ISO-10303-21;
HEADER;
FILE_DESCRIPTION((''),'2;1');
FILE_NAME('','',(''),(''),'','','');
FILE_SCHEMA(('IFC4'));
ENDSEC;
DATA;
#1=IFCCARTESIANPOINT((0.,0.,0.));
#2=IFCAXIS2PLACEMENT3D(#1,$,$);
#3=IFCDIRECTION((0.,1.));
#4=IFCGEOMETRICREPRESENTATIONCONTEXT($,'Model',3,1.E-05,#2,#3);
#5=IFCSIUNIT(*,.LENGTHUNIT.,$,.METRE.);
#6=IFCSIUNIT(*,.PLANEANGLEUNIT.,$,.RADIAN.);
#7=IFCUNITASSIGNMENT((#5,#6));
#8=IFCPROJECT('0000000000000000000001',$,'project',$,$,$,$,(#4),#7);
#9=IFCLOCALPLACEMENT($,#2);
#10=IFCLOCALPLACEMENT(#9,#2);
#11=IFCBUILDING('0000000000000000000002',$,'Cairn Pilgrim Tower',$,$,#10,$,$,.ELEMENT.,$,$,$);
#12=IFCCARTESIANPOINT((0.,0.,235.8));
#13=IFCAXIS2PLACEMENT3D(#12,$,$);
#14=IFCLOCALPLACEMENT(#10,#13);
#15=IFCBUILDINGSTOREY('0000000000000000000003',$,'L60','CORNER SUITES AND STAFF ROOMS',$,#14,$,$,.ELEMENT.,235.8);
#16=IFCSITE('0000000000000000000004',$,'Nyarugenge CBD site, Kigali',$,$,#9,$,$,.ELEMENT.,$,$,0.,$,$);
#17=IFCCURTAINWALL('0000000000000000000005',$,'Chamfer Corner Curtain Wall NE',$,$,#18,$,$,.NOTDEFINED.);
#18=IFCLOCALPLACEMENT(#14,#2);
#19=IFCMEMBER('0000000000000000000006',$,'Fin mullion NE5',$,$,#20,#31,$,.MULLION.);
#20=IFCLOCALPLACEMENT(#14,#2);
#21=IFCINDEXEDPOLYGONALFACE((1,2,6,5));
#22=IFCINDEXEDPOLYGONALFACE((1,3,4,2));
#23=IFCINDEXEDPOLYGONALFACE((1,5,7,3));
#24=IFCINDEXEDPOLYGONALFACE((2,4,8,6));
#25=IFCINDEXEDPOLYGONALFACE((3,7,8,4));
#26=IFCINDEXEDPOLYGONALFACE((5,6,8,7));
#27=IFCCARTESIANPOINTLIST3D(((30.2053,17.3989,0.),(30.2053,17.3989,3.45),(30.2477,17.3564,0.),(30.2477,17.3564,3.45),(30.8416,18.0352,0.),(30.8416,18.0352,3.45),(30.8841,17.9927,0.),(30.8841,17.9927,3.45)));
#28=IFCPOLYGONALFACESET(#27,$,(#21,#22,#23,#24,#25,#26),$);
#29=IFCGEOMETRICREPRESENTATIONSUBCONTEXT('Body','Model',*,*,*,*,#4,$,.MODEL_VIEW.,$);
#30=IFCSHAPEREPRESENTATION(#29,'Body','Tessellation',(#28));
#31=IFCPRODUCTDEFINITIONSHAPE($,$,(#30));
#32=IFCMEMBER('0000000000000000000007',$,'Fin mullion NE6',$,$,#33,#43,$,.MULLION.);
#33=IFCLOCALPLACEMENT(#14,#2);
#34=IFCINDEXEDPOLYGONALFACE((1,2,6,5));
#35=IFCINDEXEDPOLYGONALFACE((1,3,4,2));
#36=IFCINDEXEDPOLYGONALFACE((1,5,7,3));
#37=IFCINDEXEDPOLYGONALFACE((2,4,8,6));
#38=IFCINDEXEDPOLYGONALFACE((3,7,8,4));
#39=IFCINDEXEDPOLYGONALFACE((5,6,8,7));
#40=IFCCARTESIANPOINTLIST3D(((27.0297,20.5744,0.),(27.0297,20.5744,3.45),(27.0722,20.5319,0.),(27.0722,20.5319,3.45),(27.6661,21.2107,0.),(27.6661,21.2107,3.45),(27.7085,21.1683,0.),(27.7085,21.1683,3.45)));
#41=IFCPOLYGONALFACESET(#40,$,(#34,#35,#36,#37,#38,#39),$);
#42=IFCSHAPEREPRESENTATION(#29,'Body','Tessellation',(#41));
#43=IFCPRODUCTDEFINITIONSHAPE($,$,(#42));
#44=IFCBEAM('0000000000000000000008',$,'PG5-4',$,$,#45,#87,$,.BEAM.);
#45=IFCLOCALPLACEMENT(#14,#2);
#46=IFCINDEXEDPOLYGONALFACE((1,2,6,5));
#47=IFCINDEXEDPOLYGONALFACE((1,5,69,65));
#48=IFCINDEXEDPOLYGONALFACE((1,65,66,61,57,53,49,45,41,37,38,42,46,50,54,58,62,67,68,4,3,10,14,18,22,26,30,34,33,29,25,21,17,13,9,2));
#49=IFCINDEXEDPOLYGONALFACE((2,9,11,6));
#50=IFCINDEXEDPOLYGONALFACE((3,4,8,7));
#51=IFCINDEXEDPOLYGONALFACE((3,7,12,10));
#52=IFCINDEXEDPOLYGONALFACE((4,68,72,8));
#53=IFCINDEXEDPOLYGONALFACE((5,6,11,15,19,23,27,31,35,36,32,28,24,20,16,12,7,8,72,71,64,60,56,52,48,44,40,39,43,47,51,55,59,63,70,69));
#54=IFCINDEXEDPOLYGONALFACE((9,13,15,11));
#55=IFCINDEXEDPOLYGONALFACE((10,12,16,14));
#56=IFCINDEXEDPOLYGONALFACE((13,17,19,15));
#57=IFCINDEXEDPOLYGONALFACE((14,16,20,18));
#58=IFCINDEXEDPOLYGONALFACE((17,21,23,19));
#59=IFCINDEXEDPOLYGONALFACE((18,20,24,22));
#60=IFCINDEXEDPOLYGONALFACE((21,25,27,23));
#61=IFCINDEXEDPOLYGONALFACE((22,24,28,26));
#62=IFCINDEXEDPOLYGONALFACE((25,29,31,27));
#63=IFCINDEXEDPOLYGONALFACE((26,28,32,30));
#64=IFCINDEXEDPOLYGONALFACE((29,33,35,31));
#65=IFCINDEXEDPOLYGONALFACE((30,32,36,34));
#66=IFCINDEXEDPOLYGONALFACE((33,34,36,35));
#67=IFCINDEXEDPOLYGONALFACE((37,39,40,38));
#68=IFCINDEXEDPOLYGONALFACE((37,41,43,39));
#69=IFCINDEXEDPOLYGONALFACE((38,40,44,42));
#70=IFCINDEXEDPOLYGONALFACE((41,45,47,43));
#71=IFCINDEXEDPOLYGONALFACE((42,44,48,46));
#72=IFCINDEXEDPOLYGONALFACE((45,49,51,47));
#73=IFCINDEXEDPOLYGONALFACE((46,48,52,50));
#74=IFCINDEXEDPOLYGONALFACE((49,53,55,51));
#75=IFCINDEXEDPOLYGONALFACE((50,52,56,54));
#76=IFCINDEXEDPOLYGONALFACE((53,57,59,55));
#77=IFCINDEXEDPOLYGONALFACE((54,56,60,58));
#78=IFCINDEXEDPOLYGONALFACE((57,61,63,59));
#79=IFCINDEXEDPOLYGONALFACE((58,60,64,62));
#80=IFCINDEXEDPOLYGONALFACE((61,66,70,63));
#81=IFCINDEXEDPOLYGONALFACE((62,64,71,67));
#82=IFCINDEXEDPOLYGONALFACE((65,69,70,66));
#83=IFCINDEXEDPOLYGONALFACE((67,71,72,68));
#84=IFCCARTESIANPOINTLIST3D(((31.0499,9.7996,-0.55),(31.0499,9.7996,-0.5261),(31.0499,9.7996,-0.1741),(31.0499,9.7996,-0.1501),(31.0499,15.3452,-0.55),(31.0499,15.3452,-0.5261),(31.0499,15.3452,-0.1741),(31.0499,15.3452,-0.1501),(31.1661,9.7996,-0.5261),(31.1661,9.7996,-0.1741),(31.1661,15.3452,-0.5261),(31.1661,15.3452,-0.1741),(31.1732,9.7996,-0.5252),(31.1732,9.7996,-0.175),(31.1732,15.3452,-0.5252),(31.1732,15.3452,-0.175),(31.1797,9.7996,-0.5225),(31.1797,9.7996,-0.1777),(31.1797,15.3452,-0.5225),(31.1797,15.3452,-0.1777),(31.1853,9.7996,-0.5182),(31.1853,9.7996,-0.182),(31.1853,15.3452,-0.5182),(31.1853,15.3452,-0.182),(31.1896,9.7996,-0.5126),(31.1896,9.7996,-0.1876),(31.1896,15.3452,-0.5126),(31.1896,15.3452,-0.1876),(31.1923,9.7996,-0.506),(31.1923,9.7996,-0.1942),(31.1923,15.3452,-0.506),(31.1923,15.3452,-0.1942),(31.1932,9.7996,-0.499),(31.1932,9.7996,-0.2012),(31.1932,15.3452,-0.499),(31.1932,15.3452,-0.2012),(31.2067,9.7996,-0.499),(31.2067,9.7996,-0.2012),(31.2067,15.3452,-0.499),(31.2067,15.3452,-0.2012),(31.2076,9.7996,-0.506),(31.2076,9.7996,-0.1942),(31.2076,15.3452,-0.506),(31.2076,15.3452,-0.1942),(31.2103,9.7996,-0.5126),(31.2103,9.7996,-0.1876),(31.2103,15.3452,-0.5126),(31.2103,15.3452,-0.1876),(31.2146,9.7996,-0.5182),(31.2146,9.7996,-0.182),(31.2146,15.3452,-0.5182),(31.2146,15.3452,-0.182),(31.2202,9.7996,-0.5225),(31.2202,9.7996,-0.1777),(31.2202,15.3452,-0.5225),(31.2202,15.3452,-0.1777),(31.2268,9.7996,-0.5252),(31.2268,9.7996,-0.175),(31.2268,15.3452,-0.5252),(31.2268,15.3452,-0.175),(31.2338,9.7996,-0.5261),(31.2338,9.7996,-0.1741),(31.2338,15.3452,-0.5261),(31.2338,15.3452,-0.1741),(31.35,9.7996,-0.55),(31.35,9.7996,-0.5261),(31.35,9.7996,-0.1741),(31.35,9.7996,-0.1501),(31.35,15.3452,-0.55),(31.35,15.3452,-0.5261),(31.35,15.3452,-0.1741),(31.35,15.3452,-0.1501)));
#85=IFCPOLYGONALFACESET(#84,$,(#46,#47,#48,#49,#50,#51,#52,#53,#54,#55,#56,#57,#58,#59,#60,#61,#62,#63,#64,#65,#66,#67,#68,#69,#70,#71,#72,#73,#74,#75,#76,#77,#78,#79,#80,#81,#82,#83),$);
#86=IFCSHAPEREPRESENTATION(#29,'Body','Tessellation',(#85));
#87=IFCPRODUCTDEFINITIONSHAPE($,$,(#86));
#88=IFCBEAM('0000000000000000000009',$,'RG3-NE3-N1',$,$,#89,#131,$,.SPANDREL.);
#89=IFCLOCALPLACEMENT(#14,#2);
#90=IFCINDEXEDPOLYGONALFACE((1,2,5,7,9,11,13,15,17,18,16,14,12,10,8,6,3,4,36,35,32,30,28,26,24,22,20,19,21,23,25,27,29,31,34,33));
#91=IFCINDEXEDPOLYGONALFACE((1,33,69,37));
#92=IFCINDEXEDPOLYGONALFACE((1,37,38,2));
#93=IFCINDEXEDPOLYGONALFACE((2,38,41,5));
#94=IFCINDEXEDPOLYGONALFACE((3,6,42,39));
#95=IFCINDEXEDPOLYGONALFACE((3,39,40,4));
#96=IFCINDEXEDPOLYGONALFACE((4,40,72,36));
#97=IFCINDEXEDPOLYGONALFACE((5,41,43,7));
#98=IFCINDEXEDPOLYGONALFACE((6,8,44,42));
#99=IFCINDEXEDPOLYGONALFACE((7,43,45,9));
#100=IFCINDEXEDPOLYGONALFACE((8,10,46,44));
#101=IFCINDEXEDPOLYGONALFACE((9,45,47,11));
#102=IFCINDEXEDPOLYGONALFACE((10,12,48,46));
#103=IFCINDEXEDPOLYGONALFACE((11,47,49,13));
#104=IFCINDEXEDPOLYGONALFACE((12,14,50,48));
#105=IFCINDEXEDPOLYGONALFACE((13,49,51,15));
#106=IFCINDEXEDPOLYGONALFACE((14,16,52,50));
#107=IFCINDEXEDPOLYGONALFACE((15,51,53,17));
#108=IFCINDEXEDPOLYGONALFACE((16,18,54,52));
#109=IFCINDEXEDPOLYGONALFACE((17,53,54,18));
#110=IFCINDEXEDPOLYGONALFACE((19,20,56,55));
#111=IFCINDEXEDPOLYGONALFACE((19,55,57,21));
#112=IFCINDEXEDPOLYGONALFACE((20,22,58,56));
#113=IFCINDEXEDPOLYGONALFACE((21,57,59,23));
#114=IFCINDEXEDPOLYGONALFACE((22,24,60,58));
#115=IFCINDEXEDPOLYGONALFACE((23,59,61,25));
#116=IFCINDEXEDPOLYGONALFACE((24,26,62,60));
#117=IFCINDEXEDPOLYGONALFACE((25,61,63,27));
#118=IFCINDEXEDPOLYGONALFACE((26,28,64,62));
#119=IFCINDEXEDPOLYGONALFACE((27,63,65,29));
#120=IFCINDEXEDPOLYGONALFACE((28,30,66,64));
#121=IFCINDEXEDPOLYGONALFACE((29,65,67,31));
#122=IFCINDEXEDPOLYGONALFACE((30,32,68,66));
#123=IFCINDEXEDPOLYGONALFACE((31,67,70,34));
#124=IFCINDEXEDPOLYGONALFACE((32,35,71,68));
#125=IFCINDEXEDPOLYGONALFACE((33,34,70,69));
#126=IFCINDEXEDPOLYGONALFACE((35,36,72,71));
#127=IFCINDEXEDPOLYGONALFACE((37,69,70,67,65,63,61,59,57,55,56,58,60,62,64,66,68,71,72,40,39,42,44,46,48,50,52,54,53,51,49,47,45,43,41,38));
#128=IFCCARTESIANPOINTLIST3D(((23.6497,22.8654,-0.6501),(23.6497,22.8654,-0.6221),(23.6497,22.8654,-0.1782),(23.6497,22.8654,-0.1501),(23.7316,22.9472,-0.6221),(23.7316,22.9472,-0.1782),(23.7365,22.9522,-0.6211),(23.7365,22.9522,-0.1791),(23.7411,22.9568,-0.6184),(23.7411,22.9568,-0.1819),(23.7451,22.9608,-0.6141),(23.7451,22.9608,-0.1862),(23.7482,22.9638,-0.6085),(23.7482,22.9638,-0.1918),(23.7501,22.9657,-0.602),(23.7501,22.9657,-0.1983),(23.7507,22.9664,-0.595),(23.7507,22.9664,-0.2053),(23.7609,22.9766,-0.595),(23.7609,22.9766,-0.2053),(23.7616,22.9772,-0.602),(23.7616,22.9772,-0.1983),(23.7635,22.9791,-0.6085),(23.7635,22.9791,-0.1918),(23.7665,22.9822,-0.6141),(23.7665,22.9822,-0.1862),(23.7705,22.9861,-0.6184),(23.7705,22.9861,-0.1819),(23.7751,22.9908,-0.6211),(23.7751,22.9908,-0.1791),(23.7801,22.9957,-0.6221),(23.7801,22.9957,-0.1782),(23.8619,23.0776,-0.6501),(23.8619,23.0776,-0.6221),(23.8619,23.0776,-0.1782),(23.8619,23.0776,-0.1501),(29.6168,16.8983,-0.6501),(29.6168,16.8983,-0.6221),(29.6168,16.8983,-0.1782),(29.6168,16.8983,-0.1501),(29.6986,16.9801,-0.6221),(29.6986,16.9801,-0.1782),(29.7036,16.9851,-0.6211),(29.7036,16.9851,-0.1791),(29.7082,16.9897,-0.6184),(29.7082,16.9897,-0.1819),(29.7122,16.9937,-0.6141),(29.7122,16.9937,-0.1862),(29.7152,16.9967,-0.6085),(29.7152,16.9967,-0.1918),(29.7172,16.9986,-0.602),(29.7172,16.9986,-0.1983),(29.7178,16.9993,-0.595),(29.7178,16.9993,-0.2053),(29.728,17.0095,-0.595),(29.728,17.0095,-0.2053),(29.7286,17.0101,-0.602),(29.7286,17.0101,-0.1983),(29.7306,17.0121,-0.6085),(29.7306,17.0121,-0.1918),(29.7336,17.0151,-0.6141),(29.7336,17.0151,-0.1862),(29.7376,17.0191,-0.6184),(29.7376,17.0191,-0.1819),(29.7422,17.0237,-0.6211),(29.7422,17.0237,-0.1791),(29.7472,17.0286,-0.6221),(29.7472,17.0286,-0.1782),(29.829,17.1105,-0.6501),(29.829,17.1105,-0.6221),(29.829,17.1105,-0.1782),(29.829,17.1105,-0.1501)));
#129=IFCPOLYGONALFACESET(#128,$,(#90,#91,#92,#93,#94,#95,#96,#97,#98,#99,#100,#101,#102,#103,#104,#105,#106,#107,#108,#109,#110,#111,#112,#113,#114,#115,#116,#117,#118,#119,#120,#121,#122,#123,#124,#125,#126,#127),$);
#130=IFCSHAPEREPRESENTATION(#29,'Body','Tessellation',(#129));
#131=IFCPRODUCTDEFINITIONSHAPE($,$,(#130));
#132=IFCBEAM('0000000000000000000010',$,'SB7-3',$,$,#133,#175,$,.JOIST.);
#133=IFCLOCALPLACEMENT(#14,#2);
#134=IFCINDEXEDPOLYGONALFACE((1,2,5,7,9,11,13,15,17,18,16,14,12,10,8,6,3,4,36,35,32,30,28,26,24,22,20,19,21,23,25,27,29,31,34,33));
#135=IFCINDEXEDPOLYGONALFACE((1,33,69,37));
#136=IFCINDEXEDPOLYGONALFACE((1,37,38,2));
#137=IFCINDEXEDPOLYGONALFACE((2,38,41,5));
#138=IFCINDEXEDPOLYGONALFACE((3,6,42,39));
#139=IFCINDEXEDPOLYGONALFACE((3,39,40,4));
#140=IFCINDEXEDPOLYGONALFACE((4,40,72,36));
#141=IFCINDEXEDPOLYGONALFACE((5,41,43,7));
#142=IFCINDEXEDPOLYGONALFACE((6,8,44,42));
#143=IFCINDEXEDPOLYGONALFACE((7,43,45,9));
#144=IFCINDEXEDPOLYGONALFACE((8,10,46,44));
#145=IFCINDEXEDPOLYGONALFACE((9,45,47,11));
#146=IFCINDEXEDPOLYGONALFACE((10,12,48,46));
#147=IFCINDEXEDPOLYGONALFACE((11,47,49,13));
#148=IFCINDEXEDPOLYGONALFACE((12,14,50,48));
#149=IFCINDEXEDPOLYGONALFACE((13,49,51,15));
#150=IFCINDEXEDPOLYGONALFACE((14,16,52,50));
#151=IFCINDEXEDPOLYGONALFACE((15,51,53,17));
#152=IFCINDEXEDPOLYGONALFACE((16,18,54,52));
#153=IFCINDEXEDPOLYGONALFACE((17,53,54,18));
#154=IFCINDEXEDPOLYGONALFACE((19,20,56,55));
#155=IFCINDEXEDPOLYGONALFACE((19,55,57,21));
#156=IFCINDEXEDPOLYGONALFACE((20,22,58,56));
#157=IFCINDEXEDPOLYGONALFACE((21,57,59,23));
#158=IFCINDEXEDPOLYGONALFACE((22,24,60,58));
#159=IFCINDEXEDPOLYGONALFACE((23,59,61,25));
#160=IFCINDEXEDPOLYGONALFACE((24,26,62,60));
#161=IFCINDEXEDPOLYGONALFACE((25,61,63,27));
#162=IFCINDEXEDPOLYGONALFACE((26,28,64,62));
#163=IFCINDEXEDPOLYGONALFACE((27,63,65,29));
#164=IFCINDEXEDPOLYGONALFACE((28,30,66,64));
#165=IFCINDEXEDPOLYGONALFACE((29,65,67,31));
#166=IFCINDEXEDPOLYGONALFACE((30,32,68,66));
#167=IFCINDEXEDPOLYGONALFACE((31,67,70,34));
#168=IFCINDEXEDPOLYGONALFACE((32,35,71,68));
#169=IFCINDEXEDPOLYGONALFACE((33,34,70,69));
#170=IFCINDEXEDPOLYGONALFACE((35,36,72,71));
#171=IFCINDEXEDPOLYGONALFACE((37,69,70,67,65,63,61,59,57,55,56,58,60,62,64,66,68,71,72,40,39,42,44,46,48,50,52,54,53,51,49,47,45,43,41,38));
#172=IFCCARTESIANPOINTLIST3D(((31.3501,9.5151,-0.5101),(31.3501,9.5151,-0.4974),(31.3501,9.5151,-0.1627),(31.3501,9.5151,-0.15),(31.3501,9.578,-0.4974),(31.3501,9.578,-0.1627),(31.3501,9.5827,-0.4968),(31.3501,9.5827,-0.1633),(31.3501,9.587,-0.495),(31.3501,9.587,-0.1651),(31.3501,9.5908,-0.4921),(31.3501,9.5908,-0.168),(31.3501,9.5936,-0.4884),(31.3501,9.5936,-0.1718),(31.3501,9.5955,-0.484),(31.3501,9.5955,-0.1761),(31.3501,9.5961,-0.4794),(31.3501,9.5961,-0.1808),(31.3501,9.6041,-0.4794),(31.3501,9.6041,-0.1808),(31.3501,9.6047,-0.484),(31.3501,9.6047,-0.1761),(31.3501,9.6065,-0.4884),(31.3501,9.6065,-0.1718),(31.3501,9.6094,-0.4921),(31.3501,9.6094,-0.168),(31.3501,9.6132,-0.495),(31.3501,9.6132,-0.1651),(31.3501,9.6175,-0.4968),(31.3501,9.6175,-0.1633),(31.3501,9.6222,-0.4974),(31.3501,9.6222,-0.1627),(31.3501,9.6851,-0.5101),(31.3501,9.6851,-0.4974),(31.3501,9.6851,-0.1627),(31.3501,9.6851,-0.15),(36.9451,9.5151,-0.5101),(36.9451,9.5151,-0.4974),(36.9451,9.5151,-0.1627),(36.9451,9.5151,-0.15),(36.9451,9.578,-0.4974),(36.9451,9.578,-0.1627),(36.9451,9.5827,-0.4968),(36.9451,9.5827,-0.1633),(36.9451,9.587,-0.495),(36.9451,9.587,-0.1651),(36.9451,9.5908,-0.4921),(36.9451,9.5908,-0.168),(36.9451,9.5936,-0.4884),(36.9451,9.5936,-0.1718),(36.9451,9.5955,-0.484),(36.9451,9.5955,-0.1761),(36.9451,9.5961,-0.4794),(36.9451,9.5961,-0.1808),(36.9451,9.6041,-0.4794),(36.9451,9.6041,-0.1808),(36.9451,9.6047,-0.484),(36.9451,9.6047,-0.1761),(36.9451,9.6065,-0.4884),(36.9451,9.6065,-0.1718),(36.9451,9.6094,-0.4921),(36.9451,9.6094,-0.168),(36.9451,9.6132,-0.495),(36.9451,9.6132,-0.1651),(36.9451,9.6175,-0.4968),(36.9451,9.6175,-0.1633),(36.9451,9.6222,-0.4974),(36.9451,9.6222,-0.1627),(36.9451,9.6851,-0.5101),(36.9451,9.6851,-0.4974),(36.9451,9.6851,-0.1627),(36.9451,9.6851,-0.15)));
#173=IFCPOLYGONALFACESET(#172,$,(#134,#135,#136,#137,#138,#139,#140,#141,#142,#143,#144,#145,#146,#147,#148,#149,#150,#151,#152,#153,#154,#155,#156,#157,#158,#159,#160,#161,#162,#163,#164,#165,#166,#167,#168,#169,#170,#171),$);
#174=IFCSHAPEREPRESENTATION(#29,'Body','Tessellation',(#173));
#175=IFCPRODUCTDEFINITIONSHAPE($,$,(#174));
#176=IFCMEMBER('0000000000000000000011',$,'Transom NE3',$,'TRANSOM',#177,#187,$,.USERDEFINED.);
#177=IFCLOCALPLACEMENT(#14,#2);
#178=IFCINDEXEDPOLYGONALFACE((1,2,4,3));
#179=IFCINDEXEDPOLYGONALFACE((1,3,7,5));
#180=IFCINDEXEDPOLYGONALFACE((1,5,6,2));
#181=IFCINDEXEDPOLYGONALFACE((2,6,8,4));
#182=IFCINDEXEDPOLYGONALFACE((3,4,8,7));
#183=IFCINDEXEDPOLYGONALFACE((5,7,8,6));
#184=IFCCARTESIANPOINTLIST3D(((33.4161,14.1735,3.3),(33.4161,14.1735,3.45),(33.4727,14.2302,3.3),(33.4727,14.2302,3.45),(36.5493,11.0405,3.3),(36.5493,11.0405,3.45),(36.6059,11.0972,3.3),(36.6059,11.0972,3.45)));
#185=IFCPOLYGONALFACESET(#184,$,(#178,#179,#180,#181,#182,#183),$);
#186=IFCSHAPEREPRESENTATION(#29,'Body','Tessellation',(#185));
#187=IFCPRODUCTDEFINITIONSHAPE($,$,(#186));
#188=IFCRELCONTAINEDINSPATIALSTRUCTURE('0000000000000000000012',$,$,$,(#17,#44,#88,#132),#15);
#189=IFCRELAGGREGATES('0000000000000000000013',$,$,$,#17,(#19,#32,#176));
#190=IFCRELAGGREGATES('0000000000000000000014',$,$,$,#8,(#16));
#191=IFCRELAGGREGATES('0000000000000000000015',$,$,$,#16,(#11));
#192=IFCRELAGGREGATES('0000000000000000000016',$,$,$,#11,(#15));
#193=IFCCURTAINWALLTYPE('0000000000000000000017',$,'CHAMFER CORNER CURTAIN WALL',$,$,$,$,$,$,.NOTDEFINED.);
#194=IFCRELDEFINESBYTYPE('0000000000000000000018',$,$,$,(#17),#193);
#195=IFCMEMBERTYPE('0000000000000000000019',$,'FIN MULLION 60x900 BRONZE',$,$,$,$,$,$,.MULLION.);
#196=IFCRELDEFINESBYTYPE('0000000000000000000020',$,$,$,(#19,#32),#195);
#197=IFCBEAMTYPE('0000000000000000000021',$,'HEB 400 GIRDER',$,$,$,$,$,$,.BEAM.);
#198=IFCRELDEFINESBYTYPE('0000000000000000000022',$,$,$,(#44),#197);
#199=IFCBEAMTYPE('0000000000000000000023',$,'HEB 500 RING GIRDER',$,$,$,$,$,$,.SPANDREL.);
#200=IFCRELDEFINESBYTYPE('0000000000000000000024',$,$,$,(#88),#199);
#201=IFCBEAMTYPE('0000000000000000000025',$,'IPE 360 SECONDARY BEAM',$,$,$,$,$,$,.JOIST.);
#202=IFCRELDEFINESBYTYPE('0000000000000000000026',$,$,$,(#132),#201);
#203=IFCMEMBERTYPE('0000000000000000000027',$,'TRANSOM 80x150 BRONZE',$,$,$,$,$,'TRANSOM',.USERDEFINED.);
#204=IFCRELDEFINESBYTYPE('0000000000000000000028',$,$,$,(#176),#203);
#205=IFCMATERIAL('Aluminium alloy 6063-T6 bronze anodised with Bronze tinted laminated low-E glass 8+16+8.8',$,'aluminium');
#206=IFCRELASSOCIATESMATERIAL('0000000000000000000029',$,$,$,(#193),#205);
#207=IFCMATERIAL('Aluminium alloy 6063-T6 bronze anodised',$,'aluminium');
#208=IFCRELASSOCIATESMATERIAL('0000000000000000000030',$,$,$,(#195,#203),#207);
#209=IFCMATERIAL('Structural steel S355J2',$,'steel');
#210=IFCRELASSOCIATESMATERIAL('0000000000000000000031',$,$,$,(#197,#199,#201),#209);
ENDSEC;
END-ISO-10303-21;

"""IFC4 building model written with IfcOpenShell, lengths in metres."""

from ifc_helpers import new_model, si_unit, direction, frame, origin, origin_2d, place, context, subcontext, project, spatial, rectangle, i_section, extrude, material, material_profile, profile_set, type_object, element, aggregate, save


model = new_model("IFC4")

# Units and contexts
model_context = context("Model", 3, precision=1e-05, world=origin(), true_north=direction((0.0, 1.0)))
body_context = subcontext(model_context, "Body", "Model", "MODEL_VIEW")
ifc_project = project(units=[si_unit("LENGTHUNIT", "METRE"), si_unit("PLANEANGLEUNIT", "RADIAN")], contexts=[model_context])

# Site, building, storey
site_placement = place(None, origin())
site = spatial("IfcSite", under=ifc_project, at=site_placement, Name="Nyarugenge CBD site, Kigali", CompositionType="ELEMENT", RefElevation=0.0)
building_placement = place(site_placement, origin())
building = spatial("IfcBuilding", under=site, at=building_placement, Name="Cairn Pilgrim Tower", CompositionType="ELEMENT")
storey_placement = place(building_placement, frame((0.0, 0.0, 235.8)))
storey = spatial("IfcBuildingStorey", under=building, at=storey_placement, Name="L60", Description="CORNER SUITES AND STAFF ROOMS", CompositionType="ELEMENT", Elevation=235.8)

# Shared definitions
ifc_material_1 = material(Name="Structural steel S355J2", Category="steel")

# Curtain wall, members
ifc_material_2 = material(Name="Aluminium alloy 6063-T6 bronze anodised with Bronze tinted laminated low-E glass 8+16+8.8", Category="aluminium")
curtain_wall_type = type_object("IfcCurtainWallType", Name="CHAMFER CORNER CURTAIN WALL", PredefinedType="NOTDEFINED", material=ifc_material_2)
curtain_wall_placement = place(storey_placement, origin())
curtain_wall = element("IfcCurtainWall", 1, at=curtain_wall_placement, inside=storey, type_object=curtain_wall_type, Name="Chamfer Corner Curtain Wall NE", PredefinedType="NOTDEFINED")
ifc_material_3 = material(Name="Aluminium alloy 6063-T6 bronze anodised", Category="aluminium")
ifc_material_profile_1 = material_profile(ifc_material_3, rectangle(XDim=0.8999, YDim=0.0601, at=origin_2d()), Name="FIN MULLION 60x900 BRONZE")
ifc_profile_set_1 = profile_set([ifc_material_profile_1], Name="Aluminium alloy 6063-T6 bronze anodised")
member_type_1 = type_object("IfcMemberType", Name="FIN MULLION 60x900 BRONZE", PredefinedType="MULLION", material=ifc_profile_set_1)
member_1_placement = place(storey_placement, frame((30.5447, 17.6958, 0.0), z_axis=(0.0, 0.0, 1.0), x_axis=(0.707107, 0.707107, 0.0)))
member_1 = element("IfcMember", 2, at=member_1_placement, type_object=member_type_1, Name="Fin mullion NE5", PredefinedType="MULLION", context=body_context, shape_type="SweptSolid", body=[
    extrude(rectangle(XDim=0.8999, YDim=0.0601, at=origin_2d()), origin(), (0.0, 0.0, 1.0), 3.45),
])
member_2_placement = place(storey_placement, frame((27.3691, 20.8713, 0.0), z_axis=(0.0, 0.0, 1.0), x_axis=(0.707107, 0.707107, 0.0)))
member_2 = element("IfcMember", 3, at=member_2_placement, type_object=member_type_1, Name="Fin mullion NE6", PredefinedType="MULLION", context=body_context, shape_type="SweptSolid", body=[
    extrude(rectangle(XDim=0.8999, YDim=0.0601, at=origin_2d()), origin(), (0.0, 0.0, 1.0), 3.45),
])

# Beams
ifc_material_profile_2 = material_profile(ifc_material_1, i_section(OverallWidth=0.3, OverallDepth=0.3999, WebThickness=0.0134, FlangeThickness=0.0239, FilletRadius=0.0271, at=origin_2d()), Name="HEB 400")
ifc_profile_set_2 = profile_set([ifc_material_profile_2], Name="Structural steel S355J2")
beam_type_1 = type_object("IfcBeamType", Name="HEB 400 GIRDER", PredefinedType="BEAM", material=ifc_profile_set_2)
beam_1_placement = place(storey_placement, frame((31.2, 9.7996, -0.3501), z_axis=(0.0, 1.0, 0.0), x_axis=(-1.0, 0.0, 0.0)))
element("IfcBeam", 4, at=beam_1_placement, inside=storey, type_object=beam_type_1, Name="PG5-4", PredefinedType="BEAM", context=body_context, shape_type="SweptSolid", body=[
    extrude(i_section(OverallWidth=0.3, OverallDepth=0.3999, WebThickness=0.0134, FlangeThickness=0.0239, FilletRadius=0.0271, at=origin_2d()), origin(), (0.0, 0.0, 1.0), 5.5457),
])
ifc_material_profile_3 = material_profile(ifc_material_1, i_section(OverallWidth=0.3, OverallDepth=0.5, WebThickness=0.0144, FlangeThickness=0.0281, FilletRadius=0.0271, at=origin_2d()), Name="HEB 500")
ifc_profile_set_3 = profile_set([ifc_material_profile_3], Name="Structural steel S355J2")
beam_type_2 = type_object("IfcBeamType", Name="HEB 500 RING GIRDER", PredefinedType="SPANDREL", material=ifc_profile_set_3)
beam_2_placement = place(storey_placement, frame((29.7229, 17.0044, -0.4001), z_axis=(-0.707107, 0.707107, 0.0), x_axis=(-0.707107, -0.707107, 0.0)))
element("IfcBeam", 5, at=beam_2_placement, inside=storey, type_object=beam_type_2, Name="RG3-NE3-N1", PredefinedType="SPANDREL", context=body_context, shape_type="SweptSolid", body=[
    extrude(i_section(OverallWidth=0.3, OverallDepth=0.5, WebThickness=0.0144, FlangeThickness=0.0281, FilletRadius=0.0271, at=origin_2d()), origin(), (0.0, 0.0, 1.0), 8.4387),
])
ifc_material_profile_4 = material_profile(ifc_material_1, i_section(OverallWidth=0.1699, OverallDepth=0.3601, WebThickness=0.0081, FlangeThickness=0.0127, FilletRadius=0.0181, at=origin_2d()), Name="IPE 360")
ifc_profile_set_4 = profile_set([ifc_material_profile_4], Name="Structural steel S355J2")
beam_type_3 = type_object("IfcBeamType", Name="IPE 360 SECONDARY BEAM", PredefinedType="JOIST", material=ifc_profile_set_4)
beam_3_placement = place(storey_placement, frame((31.3501, 9.6001, -0.3301), z_axis=(1.0, 0.0, 0.0), x_axis=(0.0, 1.0, 0.0)))
element("IfcBeam", 6, at=beam_3_placement, inside=storey, type_object=beam_type_3, Name="SB7-3", PredefinedType="JOIST", context=body_context, shape_type="SweptSolid", body=[
    extrude(i_section(OverallWidth=0.1699, OverallDepth=0.3601, WebThickness=0.0081, FlangeThickness=0.0127, FilletRadius=0.0181, at=origin_2d()), origin(), (0.0, 0.0, 1.0), 5.595),
])

# Member
ifc_material_profile_5 = material_profile(ifc_material_3, rectangle(XDim=0.0801, YDim=0.1499, at=origin_2d()), Name="TRANSOM 80x150 BRONZE")
ifc_profile_set_5 = profile_set([ifc_material_profile_5], Name="Aluminium alloy 6063-T6 bronze anodised")
member_type_2 = type_object("IfcMemberType", Name="TRANSOM 80x150 BRONZE", ElementType="TRANSOM", PredefinedType="USERDEFINED", material=ifc_profile_set_5)
member_3_placement = place(storey_placement, frame((36.5776, 11.0688, 3.375), z_axis=(-0.707134, 0.707079, 0.0), x_axis=(-0.707079, -0.707134, 0.0)))
member_3 = element("IfcMember", 7, at=member_3_placement, type_object=member_type_2, Name="Transom NE3", ObjectType="TRANSOM", PredefinedType="USERDEFINED", context=body_context, shape_type="SweptSolid", body=[
    extrude(rectangle(XDim=0.0801, YDim=0.1499, at=origin_2d()), origin(), (0.0, 0.0, 1.0), 4.4309),
])

aggregate(curtain_wall, [member_1, member_2, member_3])

save(model, "model.ifc")
